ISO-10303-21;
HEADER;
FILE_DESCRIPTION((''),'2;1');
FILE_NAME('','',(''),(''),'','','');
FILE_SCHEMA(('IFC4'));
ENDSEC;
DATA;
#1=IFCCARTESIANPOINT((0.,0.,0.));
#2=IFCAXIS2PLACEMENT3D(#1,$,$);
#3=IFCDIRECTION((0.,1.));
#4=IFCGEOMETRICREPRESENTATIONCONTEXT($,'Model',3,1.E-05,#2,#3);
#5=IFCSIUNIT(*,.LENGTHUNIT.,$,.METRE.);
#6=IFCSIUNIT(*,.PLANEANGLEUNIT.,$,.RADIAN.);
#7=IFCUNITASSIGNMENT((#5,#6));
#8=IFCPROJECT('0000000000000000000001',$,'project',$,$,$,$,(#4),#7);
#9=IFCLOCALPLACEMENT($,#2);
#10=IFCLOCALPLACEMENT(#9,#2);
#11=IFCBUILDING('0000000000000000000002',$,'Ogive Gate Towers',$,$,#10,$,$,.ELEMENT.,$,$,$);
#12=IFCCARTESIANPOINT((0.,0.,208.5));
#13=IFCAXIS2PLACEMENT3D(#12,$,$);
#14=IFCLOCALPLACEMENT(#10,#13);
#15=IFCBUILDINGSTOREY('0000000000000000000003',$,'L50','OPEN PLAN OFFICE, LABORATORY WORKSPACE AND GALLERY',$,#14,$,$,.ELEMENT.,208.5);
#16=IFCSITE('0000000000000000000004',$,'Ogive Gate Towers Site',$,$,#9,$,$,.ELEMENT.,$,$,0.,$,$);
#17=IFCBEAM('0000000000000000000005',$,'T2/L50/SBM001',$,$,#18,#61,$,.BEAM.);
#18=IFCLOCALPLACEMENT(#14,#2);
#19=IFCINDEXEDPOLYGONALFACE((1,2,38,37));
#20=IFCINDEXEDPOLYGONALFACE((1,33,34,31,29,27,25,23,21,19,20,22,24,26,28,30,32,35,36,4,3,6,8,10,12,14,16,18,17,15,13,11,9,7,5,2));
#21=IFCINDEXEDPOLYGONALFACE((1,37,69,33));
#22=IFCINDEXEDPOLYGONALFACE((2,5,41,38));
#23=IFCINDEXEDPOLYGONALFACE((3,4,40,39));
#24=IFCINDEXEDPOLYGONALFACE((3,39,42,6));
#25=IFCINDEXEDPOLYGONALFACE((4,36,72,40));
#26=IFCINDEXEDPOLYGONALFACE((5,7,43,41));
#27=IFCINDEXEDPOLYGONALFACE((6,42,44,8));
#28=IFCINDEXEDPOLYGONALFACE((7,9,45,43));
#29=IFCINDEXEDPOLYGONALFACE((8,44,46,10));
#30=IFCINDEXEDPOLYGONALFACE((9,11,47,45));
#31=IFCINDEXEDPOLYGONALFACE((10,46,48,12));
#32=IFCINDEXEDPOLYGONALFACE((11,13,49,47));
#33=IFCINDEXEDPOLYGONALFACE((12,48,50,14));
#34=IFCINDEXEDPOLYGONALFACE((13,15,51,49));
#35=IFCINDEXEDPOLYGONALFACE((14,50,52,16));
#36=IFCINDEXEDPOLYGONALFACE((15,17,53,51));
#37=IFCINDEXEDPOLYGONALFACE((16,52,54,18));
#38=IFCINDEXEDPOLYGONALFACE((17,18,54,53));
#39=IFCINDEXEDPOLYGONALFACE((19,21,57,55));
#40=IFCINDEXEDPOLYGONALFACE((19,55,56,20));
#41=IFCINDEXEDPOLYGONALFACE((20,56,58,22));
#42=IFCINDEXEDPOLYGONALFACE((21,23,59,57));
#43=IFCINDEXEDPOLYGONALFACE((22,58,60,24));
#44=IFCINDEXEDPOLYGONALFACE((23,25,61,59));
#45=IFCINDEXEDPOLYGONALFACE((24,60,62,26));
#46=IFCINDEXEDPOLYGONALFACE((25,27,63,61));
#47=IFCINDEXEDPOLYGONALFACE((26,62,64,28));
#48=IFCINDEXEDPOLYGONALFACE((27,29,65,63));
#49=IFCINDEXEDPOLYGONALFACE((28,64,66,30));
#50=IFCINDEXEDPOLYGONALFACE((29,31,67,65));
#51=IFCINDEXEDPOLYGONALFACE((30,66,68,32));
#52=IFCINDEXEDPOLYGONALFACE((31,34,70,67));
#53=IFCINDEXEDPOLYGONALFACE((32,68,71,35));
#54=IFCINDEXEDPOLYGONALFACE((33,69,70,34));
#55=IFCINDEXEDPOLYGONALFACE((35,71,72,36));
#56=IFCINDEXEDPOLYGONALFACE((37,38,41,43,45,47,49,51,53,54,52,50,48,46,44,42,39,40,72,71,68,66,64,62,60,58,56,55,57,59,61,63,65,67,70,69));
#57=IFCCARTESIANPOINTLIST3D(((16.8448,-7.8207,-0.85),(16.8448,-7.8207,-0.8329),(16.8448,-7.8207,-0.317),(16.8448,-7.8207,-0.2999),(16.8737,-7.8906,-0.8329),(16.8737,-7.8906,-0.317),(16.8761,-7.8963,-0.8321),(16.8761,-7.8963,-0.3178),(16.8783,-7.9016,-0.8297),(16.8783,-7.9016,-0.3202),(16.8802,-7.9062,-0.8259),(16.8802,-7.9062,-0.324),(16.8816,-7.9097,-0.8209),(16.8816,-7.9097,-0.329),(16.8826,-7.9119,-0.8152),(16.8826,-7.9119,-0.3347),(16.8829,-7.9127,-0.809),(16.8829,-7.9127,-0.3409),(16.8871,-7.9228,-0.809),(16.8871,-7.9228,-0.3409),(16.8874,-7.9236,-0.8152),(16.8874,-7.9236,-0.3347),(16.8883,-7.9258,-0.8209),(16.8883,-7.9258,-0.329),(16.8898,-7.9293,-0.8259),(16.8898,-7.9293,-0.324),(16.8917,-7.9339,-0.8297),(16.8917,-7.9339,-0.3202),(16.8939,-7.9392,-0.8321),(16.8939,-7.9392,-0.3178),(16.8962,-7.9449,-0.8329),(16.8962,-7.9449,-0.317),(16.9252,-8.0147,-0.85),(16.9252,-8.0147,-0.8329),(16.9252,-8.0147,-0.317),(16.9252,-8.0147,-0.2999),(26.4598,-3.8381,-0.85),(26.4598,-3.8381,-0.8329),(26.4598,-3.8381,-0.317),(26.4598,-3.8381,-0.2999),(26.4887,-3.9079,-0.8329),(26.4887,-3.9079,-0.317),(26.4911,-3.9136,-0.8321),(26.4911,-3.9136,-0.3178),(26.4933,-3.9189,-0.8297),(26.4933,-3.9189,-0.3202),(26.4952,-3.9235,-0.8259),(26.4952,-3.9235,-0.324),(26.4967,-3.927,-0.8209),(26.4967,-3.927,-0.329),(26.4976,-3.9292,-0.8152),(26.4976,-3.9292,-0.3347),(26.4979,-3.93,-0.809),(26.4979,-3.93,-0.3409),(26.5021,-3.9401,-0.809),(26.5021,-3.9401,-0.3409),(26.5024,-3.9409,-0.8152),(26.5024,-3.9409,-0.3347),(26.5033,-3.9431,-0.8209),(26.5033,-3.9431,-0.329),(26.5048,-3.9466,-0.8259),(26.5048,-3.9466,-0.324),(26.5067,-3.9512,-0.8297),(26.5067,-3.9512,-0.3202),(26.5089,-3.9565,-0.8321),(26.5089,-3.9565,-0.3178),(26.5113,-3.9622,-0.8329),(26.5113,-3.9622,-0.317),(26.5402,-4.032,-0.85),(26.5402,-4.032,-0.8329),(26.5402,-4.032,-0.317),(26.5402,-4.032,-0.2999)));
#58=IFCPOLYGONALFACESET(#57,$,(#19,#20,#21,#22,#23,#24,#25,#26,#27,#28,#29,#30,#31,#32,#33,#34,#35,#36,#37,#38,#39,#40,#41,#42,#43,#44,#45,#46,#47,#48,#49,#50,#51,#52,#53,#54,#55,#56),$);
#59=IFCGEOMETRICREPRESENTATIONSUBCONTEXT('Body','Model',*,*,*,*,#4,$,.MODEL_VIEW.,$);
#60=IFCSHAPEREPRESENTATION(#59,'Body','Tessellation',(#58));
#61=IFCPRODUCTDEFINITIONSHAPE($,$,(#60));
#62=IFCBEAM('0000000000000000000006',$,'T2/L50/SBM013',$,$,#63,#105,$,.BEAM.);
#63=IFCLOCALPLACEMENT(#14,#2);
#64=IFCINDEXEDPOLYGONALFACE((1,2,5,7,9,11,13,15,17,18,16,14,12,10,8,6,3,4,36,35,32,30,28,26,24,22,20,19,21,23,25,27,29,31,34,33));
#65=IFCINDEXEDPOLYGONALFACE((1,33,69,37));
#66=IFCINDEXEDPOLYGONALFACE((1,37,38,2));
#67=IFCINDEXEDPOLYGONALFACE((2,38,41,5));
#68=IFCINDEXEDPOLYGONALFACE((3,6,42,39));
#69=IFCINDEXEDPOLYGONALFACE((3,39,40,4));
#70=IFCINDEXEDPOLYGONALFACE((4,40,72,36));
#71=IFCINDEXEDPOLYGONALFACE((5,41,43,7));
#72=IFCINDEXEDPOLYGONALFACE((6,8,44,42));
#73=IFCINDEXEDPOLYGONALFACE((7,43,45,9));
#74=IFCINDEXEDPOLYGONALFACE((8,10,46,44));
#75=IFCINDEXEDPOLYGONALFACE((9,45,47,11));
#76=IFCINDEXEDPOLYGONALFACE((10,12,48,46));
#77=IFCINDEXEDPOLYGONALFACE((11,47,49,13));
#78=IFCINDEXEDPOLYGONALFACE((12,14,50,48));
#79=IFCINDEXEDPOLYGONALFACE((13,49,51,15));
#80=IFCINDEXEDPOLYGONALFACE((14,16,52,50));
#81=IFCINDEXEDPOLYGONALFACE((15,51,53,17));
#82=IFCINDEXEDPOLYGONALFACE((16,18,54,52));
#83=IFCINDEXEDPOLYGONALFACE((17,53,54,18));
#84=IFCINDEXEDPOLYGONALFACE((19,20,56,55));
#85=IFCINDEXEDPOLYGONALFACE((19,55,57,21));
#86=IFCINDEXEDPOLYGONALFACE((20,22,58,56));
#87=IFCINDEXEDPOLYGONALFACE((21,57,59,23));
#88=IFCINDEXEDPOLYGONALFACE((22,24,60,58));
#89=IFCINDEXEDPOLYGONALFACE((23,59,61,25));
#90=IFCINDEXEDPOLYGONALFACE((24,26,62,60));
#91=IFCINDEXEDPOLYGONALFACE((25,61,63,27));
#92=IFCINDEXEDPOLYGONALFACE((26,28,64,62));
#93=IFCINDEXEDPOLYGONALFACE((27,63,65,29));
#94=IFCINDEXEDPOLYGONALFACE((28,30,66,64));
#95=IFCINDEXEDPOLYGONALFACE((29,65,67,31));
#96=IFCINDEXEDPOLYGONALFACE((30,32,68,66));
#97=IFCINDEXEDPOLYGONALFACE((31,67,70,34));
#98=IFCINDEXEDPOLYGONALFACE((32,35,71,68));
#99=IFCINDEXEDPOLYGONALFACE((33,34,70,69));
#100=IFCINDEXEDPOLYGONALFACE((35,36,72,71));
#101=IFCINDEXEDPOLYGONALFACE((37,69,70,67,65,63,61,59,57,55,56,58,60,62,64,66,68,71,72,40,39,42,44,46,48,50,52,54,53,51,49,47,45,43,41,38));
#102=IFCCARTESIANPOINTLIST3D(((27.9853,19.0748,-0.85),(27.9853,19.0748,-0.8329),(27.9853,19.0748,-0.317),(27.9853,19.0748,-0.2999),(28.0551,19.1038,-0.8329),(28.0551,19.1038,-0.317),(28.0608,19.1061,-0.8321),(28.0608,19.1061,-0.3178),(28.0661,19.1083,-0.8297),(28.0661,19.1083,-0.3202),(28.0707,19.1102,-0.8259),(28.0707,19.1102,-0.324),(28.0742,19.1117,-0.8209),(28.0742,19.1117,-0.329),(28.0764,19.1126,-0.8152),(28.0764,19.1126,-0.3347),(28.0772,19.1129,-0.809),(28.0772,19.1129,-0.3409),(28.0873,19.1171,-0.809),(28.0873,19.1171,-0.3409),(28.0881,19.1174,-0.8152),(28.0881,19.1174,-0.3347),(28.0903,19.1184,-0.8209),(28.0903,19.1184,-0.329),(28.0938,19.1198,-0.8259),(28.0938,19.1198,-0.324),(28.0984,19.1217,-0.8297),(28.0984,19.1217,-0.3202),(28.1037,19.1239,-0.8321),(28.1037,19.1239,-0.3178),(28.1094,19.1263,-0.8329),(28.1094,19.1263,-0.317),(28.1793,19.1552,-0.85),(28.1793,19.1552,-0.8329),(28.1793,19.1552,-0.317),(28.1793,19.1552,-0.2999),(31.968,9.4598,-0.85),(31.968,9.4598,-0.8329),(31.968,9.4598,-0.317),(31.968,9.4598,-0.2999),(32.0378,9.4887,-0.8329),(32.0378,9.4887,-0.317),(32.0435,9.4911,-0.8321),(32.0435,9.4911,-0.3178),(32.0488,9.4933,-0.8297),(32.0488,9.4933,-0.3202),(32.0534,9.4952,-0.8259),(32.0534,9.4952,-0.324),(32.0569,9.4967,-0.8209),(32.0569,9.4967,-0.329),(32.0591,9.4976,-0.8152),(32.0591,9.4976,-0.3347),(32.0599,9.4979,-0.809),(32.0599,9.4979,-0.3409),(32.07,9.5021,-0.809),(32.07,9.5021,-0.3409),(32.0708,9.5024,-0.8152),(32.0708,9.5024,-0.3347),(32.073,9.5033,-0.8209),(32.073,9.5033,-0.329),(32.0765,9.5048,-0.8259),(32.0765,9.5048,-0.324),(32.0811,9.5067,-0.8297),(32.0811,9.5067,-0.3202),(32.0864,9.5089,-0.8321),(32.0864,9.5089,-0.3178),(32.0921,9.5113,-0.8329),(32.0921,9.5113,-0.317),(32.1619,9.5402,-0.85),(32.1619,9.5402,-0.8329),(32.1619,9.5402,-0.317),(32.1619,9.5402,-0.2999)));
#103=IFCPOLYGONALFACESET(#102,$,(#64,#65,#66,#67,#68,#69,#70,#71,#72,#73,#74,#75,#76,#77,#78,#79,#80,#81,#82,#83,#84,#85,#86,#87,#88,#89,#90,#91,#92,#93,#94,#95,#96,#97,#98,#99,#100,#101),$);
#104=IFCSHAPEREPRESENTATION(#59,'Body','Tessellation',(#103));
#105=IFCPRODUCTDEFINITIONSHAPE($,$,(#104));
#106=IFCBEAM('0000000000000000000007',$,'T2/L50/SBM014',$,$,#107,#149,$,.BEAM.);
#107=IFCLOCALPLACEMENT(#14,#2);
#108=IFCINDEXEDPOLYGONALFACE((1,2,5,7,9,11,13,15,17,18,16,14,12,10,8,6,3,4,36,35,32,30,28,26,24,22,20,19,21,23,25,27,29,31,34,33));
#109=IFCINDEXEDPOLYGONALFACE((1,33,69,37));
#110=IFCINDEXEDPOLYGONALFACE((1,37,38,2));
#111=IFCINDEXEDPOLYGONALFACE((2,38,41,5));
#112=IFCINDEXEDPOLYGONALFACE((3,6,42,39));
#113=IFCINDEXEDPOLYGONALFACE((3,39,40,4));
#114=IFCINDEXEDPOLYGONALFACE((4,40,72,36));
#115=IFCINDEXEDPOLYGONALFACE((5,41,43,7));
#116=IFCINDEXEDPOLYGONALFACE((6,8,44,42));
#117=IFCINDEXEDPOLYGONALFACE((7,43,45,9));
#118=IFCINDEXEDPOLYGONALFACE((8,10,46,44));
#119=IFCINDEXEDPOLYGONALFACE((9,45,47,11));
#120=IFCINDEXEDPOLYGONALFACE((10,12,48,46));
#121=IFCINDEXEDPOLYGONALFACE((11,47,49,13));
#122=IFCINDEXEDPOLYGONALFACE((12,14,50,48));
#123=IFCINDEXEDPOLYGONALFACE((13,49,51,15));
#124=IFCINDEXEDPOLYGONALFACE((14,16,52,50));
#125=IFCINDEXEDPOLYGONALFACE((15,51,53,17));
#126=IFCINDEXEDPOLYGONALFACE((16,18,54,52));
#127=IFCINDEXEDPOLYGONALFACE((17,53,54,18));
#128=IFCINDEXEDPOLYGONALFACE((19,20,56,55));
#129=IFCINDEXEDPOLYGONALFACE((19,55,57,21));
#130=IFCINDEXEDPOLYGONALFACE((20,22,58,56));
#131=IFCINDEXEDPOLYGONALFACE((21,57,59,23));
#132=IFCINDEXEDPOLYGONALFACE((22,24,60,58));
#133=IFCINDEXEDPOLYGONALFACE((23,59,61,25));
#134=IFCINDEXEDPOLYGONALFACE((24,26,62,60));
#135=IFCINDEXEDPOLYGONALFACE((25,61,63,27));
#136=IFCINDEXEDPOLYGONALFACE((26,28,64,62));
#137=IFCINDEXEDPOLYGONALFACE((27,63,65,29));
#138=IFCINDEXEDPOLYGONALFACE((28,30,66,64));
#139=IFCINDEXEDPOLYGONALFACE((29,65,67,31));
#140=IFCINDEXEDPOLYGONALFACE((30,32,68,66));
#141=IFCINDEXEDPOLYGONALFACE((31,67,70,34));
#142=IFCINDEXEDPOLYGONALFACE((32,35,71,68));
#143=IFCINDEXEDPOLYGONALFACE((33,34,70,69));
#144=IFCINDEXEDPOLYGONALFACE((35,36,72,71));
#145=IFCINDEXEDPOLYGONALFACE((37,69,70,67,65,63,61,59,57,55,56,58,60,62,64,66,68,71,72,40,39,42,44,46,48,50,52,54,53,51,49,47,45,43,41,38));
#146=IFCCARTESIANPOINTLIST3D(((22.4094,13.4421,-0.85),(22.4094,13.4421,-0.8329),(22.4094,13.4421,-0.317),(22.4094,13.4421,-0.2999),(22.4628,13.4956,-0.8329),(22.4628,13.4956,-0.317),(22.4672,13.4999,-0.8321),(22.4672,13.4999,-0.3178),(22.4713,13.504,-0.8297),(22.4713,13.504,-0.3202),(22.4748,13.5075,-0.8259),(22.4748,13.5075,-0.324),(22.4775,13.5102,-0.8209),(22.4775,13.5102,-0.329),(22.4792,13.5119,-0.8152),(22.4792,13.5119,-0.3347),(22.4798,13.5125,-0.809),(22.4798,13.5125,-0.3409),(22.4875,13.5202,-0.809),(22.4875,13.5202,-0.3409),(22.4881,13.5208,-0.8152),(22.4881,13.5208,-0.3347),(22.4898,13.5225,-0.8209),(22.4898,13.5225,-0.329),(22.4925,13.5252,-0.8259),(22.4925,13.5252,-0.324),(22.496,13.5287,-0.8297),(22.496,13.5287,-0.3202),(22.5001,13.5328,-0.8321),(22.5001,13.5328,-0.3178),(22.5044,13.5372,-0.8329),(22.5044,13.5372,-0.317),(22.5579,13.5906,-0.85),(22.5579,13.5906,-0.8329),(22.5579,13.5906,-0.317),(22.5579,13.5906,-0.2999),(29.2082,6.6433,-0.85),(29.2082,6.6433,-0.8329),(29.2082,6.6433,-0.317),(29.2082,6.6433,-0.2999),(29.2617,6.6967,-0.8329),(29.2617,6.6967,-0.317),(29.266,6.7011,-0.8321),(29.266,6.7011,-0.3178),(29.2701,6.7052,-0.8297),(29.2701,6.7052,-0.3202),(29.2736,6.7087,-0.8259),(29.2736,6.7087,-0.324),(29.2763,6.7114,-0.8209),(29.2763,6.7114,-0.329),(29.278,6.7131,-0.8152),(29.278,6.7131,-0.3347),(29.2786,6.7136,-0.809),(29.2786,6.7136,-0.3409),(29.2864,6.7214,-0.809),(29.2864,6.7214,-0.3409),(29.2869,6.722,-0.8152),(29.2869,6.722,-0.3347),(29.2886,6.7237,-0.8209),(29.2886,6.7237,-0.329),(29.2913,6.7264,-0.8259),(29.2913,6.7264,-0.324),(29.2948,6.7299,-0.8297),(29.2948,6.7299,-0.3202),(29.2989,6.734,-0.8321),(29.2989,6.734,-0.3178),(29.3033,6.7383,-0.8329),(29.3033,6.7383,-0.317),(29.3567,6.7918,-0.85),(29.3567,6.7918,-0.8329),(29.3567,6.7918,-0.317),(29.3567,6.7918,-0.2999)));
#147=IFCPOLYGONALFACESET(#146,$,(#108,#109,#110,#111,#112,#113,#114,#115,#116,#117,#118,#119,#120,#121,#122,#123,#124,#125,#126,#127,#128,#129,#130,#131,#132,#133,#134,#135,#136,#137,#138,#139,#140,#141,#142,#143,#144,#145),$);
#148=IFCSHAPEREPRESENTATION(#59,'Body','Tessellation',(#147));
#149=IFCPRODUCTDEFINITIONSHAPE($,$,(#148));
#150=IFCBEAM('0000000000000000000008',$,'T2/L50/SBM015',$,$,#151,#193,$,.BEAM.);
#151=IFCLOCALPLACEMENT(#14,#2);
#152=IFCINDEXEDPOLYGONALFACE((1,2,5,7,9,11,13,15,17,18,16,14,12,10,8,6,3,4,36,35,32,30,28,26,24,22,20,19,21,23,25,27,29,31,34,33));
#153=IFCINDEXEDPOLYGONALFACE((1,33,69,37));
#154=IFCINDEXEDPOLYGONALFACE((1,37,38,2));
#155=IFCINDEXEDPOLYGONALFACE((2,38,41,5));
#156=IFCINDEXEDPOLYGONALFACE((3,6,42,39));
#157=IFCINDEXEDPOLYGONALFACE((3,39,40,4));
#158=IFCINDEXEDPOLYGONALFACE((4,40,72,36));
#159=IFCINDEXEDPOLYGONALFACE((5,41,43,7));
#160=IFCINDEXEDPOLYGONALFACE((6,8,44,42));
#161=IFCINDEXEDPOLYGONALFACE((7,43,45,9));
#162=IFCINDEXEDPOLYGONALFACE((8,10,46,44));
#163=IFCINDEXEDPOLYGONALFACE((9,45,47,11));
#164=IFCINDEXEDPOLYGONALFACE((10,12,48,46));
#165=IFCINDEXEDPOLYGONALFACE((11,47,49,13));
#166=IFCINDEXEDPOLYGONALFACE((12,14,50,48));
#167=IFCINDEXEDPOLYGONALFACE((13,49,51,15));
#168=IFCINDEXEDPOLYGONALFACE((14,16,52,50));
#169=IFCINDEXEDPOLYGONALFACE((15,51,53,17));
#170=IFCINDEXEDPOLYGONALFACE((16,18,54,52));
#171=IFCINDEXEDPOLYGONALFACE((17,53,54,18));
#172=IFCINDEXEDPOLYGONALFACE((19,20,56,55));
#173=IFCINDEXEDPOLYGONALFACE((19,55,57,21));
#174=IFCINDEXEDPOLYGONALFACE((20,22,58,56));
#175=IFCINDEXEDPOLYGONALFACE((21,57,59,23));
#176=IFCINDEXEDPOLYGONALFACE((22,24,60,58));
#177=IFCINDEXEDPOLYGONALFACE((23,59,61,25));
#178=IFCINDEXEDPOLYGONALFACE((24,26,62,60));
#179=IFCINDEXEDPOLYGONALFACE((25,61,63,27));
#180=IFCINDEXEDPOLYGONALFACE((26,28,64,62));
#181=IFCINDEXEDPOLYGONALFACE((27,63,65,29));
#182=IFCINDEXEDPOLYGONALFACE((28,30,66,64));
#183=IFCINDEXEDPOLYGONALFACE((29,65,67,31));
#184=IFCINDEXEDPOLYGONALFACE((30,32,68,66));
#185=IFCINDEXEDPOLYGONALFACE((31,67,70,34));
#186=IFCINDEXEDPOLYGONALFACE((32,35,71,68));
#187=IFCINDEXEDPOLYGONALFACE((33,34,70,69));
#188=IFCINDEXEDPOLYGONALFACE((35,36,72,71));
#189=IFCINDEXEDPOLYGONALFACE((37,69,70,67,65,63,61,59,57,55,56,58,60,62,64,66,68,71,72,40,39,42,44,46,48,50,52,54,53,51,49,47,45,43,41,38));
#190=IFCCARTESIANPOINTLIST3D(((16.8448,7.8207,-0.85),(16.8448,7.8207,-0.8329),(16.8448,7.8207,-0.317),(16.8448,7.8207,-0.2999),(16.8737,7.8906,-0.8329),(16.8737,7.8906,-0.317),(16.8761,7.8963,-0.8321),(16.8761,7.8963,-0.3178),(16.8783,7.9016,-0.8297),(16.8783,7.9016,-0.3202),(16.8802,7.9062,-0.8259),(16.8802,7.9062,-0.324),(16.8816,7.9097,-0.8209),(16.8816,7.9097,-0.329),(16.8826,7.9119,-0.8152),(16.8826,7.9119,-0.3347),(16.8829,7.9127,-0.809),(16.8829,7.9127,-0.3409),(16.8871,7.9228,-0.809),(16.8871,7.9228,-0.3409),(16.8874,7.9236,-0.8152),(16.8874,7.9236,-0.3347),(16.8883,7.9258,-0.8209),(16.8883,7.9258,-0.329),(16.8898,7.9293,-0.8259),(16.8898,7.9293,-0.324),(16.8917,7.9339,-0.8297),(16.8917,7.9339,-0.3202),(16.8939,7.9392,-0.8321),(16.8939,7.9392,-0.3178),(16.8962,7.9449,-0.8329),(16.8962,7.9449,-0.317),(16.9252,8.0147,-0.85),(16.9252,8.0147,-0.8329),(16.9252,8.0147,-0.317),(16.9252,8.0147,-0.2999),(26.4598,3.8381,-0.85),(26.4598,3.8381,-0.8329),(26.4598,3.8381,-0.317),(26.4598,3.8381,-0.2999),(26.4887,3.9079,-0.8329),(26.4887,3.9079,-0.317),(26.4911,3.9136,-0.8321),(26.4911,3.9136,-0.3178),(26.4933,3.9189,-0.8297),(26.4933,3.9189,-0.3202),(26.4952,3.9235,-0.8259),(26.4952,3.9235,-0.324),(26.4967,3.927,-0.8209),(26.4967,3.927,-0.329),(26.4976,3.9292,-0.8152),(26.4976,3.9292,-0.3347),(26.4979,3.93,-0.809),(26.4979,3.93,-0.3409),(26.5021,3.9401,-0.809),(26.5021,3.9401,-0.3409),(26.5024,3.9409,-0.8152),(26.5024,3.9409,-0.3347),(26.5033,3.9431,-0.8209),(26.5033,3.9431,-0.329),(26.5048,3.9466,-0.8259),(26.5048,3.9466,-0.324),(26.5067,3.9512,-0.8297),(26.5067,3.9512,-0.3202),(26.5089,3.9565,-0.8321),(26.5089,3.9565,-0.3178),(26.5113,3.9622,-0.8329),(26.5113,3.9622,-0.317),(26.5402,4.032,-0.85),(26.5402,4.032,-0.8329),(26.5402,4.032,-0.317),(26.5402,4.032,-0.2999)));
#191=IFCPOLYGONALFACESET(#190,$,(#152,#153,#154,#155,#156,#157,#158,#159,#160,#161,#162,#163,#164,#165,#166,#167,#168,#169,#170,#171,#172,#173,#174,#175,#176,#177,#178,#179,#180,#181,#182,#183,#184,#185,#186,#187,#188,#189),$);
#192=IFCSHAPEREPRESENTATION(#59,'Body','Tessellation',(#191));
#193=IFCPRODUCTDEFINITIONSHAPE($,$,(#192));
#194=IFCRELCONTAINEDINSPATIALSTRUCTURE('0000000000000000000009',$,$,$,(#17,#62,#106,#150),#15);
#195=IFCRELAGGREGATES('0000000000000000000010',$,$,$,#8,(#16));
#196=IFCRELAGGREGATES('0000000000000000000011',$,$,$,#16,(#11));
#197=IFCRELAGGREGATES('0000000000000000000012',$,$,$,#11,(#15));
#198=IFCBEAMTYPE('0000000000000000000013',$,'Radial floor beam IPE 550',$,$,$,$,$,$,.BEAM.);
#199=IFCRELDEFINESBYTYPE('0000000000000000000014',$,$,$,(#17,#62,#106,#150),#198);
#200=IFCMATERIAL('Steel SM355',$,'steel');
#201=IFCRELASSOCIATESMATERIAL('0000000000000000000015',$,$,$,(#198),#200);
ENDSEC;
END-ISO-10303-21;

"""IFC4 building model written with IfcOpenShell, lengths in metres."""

from ifc_helpers import new_model, si_unit, direction, frame, origin, origin_2d, place, context, subcontext, project, spatial, i_section, extrude, material, material_profile, profile_set, type_object, element, save


model = new_model("IFC4")

# Units and contexts
model_context = context("Model", 3, precision=1e-05, world=origin(), true_north=direction((0.0, 1.0)))
body_context = subcontext(model_context, "Body", "Model", "MODEL_VIEW")
ifc_project = project(units=[si_unit("LENGTHUNIT", "METRE"), si_unit("PLANEANGLEUNIT", "RADIAN")], contexts=[model_context])

# Site, building, storey
site_placement = place(None, origin())
site = spatial("IfcSite", under=ifc_project, at=site_placement, Name="Ogive Gate Towers Site", CompositionType="ELEMENT", RefElevation=0.0)
building_placement = place(site_placement, origin())
building = spatial("IfcBuilding", under=site, at=building_placement, Name="Ogive Gate Towers", CompositionType="ELEMENT")
storey_placement = place(building_placement, frame((0.0, 0.0, 208.5)))
storey = spatial("IfcBuildingStorey", under=building, at=storey_placement, Name="L50", Description="OPEN PLAN OFFICE, LABORATORY WORKSPACE AND GALLERY", CompositionType="ELEMENT", Elevation=208.5)

# Beams
ifc_material_1 = material(Name="Steel SM355", Category="steel")
ifc_material_profile = material_profile(ifc_material_1, i_section(OverallWidth=0.21, OverallDepth=0.55, WebThickness=0.011, FlangeThickness=0.0171, FilletRadius=0.0239, at=origin_2d()), Name="IPE 550")
ifc_profile_set = profile_set([ifc_material_profile], Name="Steel SM355")
beam_type = type_object("IfcBeamType", Name="Radial floor beam IPE 550", PredefinedType="BEAM", material=ifc_profile_set)
for number, where, z_axis, x_axis, name in (
    (1, (26.5, -3.9351, -0.575), (-0.923879, -0.382684, 0.0), (0.382684, -0.923879, 0.0), "T2/L50/SBM001"),
    (2, (32.0649, 9.5, -0.575), (-0.382684, 0.923879, 0.0), (-0.923879, -0.382684, 0.0), "T2/L50/SBM013"),
):
    element("IfcBeam", number, at=place(storey_placement, frame(where, z_axis=z_axis, x_axis=x_axis)), inside=storey, type_object=beam_type, Name=name, PredefinedType="BEAM", context=body_context, shape_type="SweptSolid", body=[
        extrude(i_section(OverallWidth=0.21, OverallDepth=0.55, WebThickness=0.011, FlangeThickness=0.0171, FilletRadius=0.0239, at=origin_2d()), origin(), (0.0, 0.0, 1.0), 10.4072),
    ])
beam_1_placement = place(storey_placement, frame((29.2825, 6.7175, -0.575), z_axis=(-0.707107, 0.707107, 0.0), x_axis=(-0.707107, -0.707107, 0.0)))
element("IfcBeam", 3, at=beam_1_placement, inside=storey, type_object=beam_type, Name="T2/L50/SBM014", PredefinedType="BEAM", context=body_context, shape_type="SweptSolid", body=[
    extrude(i_section(OverallWidth=0.21, OverallDepth=0.55, WebThickness=0.011, FlangeThickness=0.0171, FilletRadius=0.0239, at=origin_2d()), origin(), (0.0, 0.0, 1.0), 9.615),
])
beam_2_placement = place(storey_placement, frame((26.5, 3.9351, -0.575), z_axis=(-0.923879, 0.382684, 0.0), x_axis=(-0.382684, -0.923879, 0.0)))
element("IfcBeam", 4, at=beam_2_placement, inside=storey, type_object=beam_type, Name="T2/L50/SBM015", PredefinedType="BEAM", context=body_context, shape_type="SweptSolid", body=[
    extrude(i_section(OverallWidth=0.21, OverallDepth=0.55, WebThickness=0.011, FlangeThickness=0.0171, FilletRadius=0.0239, at=origin_2d()), origin(), (0.0, 0.0, 1.0), 10.4072),
])

save(model, "model.ifc")
